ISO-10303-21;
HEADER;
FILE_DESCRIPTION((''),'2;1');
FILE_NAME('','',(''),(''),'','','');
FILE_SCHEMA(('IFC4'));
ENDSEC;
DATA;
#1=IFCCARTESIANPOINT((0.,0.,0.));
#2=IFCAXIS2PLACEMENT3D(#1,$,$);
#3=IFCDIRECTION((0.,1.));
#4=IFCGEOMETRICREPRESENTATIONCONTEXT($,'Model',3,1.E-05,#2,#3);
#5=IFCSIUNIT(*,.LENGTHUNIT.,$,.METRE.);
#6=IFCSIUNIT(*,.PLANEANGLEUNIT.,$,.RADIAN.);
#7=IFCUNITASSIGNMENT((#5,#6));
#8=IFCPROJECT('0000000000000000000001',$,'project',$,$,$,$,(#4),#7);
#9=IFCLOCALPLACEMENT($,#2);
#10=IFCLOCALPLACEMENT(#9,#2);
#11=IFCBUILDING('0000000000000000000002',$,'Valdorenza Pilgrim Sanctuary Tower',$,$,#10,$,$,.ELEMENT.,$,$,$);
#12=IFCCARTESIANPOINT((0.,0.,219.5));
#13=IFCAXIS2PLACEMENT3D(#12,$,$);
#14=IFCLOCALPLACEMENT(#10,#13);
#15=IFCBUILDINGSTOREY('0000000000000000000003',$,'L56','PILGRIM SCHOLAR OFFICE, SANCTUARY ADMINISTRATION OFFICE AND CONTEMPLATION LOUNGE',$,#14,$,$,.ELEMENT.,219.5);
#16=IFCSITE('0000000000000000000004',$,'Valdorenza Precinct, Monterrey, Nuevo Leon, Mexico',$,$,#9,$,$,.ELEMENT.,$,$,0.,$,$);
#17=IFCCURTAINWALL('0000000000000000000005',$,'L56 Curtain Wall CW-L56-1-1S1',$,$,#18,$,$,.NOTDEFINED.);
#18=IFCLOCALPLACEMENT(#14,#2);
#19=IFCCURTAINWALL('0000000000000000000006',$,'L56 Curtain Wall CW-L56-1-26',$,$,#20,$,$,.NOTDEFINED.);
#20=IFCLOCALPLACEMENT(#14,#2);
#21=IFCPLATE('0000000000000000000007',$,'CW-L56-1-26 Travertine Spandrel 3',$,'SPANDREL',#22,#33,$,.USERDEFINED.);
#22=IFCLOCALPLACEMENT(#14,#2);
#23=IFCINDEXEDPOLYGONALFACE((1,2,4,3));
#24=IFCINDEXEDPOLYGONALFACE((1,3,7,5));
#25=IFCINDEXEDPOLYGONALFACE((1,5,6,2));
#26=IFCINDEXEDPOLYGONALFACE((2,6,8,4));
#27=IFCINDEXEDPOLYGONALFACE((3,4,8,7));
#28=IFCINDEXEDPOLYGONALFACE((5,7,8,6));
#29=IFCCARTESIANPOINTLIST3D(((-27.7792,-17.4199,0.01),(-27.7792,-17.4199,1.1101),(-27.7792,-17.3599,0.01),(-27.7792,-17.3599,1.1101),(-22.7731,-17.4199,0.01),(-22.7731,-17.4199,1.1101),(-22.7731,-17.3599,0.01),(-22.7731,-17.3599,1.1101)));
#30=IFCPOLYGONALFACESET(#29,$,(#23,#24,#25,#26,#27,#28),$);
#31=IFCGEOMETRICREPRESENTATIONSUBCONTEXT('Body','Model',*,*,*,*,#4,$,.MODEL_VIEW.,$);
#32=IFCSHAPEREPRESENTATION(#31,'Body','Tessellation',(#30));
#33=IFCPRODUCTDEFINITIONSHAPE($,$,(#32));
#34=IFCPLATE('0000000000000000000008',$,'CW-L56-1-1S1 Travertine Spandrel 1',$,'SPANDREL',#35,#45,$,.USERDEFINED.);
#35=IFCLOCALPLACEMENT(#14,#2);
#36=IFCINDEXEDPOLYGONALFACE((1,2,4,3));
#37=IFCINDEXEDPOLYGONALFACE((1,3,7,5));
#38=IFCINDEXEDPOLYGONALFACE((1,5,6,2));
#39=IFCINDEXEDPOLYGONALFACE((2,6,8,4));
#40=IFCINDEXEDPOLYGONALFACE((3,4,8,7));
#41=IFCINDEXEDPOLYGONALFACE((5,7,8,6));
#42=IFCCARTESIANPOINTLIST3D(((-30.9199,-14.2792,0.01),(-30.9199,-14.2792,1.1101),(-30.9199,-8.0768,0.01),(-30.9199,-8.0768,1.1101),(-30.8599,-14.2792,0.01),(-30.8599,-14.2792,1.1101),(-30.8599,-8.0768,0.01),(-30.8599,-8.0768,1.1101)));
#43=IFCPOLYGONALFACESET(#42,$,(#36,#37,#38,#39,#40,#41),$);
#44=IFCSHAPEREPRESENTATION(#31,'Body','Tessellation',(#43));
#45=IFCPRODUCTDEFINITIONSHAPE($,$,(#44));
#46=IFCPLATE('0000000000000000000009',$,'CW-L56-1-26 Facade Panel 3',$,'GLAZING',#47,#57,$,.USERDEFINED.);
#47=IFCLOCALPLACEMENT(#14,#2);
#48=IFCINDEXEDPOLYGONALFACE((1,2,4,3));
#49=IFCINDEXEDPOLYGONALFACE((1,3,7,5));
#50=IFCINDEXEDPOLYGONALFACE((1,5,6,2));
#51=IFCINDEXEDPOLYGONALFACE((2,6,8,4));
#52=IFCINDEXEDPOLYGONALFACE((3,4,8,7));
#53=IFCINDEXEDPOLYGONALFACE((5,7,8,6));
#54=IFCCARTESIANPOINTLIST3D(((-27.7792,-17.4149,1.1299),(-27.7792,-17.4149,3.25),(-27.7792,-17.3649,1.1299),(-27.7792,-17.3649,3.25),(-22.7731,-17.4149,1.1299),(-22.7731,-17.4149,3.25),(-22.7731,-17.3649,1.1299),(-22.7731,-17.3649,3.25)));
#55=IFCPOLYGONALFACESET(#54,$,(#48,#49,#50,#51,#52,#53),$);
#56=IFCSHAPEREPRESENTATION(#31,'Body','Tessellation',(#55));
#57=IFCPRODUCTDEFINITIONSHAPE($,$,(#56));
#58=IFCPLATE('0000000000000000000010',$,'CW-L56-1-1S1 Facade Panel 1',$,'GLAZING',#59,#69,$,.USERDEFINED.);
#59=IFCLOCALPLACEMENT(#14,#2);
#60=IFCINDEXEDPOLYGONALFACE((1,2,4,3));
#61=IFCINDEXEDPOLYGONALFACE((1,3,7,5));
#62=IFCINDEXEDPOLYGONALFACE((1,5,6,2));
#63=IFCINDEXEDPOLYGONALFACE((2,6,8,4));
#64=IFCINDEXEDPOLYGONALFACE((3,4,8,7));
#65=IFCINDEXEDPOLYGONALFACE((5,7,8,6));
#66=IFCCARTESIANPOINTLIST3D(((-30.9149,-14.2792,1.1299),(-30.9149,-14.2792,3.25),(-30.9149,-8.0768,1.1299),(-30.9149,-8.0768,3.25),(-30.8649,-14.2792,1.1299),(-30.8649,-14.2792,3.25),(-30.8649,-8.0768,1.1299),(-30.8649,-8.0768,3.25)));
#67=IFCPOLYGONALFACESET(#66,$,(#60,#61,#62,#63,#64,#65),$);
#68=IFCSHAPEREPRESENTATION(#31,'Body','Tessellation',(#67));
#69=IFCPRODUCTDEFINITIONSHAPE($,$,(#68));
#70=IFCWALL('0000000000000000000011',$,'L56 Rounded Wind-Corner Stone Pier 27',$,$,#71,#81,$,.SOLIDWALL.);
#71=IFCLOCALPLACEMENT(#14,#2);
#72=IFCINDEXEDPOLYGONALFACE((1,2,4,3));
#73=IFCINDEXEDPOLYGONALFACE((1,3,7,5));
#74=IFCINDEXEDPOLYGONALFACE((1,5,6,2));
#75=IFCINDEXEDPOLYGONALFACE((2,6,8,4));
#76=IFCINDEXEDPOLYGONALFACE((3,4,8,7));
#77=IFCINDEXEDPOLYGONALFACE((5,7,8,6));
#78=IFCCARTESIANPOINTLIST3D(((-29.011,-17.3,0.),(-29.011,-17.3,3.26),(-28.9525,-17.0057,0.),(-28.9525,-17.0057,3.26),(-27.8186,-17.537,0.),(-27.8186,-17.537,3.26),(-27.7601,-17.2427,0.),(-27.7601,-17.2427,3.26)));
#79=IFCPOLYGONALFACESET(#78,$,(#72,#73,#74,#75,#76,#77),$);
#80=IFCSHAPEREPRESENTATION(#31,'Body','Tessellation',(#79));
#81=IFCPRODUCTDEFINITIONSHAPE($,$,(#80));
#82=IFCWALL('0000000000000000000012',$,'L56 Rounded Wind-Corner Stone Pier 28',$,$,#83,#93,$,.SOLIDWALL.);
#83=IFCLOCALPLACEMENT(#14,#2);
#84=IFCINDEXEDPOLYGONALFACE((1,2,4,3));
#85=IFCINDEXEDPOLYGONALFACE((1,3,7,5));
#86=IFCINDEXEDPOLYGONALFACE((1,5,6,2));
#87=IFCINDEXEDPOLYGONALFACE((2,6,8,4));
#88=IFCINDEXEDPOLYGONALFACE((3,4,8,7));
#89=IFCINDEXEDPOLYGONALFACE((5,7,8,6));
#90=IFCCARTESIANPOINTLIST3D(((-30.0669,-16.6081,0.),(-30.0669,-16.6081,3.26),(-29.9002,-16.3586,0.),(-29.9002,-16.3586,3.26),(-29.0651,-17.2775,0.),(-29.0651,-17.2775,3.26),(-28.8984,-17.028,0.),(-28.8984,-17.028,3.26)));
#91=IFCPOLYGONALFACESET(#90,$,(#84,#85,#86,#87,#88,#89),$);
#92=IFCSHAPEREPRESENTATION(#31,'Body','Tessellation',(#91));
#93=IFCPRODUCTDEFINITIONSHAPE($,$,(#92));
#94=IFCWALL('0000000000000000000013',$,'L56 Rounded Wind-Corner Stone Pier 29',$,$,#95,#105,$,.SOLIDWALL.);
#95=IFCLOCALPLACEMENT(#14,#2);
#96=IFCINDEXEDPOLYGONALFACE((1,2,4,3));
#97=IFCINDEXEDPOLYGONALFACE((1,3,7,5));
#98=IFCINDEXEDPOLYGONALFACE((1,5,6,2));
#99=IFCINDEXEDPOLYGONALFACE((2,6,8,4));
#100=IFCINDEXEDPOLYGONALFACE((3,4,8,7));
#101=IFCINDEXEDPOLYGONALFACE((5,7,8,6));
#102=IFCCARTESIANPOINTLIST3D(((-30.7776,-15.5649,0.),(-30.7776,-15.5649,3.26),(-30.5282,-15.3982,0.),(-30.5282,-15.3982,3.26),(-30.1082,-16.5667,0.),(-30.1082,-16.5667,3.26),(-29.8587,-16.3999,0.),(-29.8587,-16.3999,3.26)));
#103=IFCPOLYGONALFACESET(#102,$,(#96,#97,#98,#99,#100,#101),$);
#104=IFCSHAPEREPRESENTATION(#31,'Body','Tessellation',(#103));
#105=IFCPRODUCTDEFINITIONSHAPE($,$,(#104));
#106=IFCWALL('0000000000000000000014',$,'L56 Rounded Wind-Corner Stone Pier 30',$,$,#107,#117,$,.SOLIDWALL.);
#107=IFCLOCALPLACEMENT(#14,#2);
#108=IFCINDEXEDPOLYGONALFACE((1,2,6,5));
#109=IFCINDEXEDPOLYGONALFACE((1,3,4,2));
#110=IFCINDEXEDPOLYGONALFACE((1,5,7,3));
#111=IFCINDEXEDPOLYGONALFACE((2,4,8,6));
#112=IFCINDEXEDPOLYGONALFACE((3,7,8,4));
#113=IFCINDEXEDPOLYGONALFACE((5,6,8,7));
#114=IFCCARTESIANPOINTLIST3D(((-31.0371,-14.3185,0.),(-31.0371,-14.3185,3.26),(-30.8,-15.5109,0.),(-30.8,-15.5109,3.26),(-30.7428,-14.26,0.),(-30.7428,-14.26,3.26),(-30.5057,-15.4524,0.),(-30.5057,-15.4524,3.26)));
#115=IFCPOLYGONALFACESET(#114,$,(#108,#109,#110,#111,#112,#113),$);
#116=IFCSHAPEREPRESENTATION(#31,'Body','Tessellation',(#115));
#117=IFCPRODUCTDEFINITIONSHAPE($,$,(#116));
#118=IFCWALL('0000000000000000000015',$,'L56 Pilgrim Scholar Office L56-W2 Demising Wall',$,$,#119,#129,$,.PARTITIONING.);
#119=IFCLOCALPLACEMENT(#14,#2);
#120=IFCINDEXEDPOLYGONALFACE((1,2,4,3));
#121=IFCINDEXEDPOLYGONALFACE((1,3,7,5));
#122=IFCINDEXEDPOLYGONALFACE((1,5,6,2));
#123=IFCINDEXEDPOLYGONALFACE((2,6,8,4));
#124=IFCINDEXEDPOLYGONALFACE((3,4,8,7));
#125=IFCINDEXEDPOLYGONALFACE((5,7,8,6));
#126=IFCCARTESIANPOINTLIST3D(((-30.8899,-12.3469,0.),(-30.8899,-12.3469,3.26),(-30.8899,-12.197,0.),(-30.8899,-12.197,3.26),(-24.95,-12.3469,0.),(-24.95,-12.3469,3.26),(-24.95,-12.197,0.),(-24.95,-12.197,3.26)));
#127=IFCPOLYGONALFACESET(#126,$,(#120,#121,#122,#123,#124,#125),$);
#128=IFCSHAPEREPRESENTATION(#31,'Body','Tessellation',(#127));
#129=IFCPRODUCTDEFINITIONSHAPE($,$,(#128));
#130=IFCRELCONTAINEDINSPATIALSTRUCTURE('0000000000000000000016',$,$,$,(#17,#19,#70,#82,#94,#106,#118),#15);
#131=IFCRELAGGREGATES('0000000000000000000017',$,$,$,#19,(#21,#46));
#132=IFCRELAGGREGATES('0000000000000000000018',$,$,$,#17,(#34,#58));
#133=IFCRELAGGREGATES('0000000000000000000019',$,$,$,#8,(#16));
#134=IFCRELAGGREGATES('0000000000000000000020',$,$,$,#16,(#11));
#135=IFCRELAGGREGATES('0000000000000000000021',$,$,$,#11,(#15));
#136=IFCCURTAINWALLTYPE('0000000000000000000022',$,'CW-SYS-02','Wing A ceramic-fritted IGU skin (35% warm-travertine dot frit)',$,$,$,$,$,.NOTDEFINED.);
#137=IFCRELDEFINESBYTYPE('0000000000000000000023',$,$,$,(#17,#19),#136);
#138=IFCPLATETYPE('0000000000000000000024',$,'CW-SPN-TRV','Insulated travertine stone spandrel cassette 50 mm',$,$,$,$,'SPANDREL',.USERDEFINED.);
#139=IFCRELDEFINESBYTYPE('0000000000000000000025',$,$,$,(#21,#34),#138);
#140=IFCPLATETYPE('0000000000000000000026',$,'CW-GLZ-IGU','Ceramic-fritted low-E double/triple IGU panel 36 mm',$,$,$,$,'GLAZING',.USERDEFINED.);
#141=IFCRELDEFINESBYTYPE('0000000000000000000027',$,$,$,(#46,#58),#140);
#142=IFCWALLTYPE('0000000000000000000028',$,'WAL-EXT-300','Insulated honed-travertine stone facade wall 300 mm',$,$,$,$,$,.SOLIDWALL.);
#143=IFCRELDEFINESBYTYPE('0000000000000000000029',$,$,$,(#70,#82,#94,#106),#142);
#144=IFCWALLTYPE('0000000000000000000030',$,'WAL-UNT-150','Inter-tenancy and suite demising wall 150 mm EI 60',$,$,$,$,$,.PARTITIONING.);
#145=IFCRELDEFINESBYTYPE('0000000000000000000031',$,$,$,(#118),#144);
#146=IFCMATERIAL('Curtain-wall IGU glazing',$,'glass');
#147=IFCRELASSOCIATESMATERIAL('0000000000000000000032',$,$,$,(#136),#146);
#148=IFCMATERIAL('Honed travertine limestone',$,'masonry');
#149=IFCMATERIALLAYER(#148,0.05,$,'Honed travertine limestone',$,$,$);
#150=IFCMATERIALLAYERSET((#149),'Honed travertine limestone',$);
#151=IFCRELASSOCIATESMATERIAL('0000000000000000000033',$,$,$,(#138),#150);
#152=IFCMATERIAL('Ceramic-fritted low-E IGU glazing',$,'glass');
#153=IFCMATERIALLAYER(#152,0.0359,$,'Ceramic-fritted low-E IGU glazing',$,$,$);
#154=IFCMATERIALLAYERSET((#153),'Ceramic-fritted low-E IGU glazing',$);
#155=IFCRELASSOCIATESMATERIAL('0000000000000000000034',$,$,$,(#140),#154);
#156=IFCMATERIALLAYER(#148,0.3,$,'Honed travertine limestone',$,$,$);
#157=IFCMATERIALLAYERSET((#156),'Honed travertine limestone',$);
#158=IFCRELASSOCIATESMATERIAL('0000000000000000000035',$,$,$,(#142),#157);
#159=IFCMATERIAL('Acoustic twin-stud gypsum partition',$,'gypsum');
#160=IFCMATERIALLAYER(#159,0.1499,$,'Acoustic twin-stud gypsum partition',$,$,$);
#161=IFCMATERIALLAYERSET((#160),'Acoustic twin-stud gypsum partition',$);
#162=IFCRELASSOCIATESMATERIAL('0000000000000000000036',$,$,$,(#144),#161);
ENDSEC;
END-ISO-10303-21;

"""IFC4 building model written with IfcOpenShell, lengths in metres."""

from ifc_helpers import new_model, si_unit, direction, frame, frame_2d, origin, origin_2d, place, context, subcontext, project, spatial, rectangle, extrude, source, transform, mapped, material, layer, layer_set, type_object, element, aggregate, save


model = new_model("IFC4")

# Units and contexts
model_context = context("Model", 3, precision=1e-05, world=origin(), true_north=direction((0.0, 1.0)))
body_context = subcontext(model_context, "Body", "Model", "MODEL_VIEW")
ifc_project = project(units=[si_unit("LENGTHUNIT", "METRE"), si_unit("PLANEANGLEUNIT", "RADIAN")], contexts=[model_context])

# Site, building, storey
site_placement = place(None, origin())
site = spatial("IfcSite", under=ifc_project, at=site_placement, Name="Valdorenza Precinct, Monterrey, Nuevo Leon, Mexico", CompositionType="ELEMENT", RefElevation=0.0)
building_placement = place(site_placement, origin())
building = spatial("IfcBuilding", under=site, at=building_placement, Name="Valdorenza Pilgrim Sanctuary Tower", CompositionType="ELEMENT")
storey_placement = place(building_placement, frame((0.0, 0.0, 219.5)))
storey = spatial("IfcBuildingStorey", under=building, at=storey_placement, Name="L56", Description="PILGRIM SCHOLAR OFFICE, SANCTUARY ADMINISTRATION OFFICE AND CONTEMPLATION LOUNGE", CompositionType="ELEMENT", Elevation=219.5)

# Curtain wall
ifc_material_1 = material(Name="Curtain-wall IGU glazing", Category="glass")
curtain_wall_type = type_object("IfcCurtainWallType", Name="CW-SYS-02", Description="Wing A ceramic-fritted IGU skin (35% warm-travertine dot frit)", PredefinedType="NOTDEFINED", material=ifc_material_1)
curtain_wall_1_placement = place(storey_placement, origin())
curtain_wall_1 = element("IfcCurtainWall", 1, at=curtain_wall_1_placement, inside=storey, type_object=curtain_wall_type, Name="L56 Curtain Wall CW-L56-1-1S1", PredefinedType="NOTDEFINED")

# Curtain wall, plate
curtain_wall_2_placement = place(storey_placement, origin())
curtain_wall_2 = element("IfcCurtainWall", 2, at=curtain_wall_2_placement, inside=storey, type_object=curtain_wall_type, Name="L56 Curtain Wall CW-L56-1-26", PredefinedType="NOTDEFINED")
ifc_material_2 = material(Name="Honed travertine limestone", Category="masonry")
ifc_layer_1 = layer(ifc_material_2, 0.05, Name="Honed travertine limestone")
ifc_layer_set_1 = layer_set([ifc_layer_1], Name="Honed travertine limestone")
plate_type_1 = type_object("IfcPlateType", Name="CW-SPN-TRV", Description="Insulated travertine stone spandrel cassette 50 mm", ElementType="SPANDREL", PredefinedType="USERDEFINED", material=ifc_layer_set_1)
shared_shape_1 = source(origin(), body_context, "Body", "SweptSolid", [
    extrude(rectangle(XDim=5.0061, YDim=0.0601, at=origin_2d()), origin(), (0.0, 0.0, 1.0), 1.1001),
])
plate_1_placement = place(storey_placement, frame((-25.2761, -17.3899, 0.01), z_axis=(0.0, 0.0, 1.0), x_axis=(-1.0, 0.0, 0.0)))
plate_1 = element("IfcPlate", 3, at=plate_1_placement, type_object=plate_type_1, Name="CW-L56-1-26 Travertine Spandrel 3", ObjectType="SPANDREL", PredefinedType="USERDEFINED", context=body_context, shape_type="MappedRepresentation", body=[
    mapped(shared_shape_1, transform((0.0, 0.0, 0.0), x_axis=(1.0, 0.0, 0.0), y_axis=(0.0, 1.0, 0.0), z_axis=(0.0, 0.0, 1.0), scale=1.0)),
])

# Plates
shared_shape_2 = source(origin(), body_context, "Body", "SweptSolid", [
    extrude(rectangle(XDim=6.2024, YDim=0.0601, at=origin_2d()), origin(), (0.0, 0.0, 1.0), 1.1001),
])
plate_2_placement = place(storey_placement, frame((-30.8899, -11.178, 0.01), z_axis=(0.0, 0.0, 1.0), x_axis=(0.0, 1.0, 0.0)))
plate_2 = element("IfcPlate", 4, at=plate_2_placement, type_object=plate_type_1, Name="CW-L56-1-1S1 Travertine Spandrel 1", ObjectType="SPANDREL", PredefinedType="USERDEFINED", context=body_context, shape_type="MappedRepresentation", body=[
    mapped(shared_shape_2, transform((0.0, 0.0, 0.0), x_axis=(1.0, 0.0, 0.0), y_axis=(0.0, 1.0, 0.0), z_axis=(0.0, 0.0, 1.0), scale=1.0)),
])
ifc_material_3 = material(Name="Ceramic-fritted low-E IGU glazing", Category="glass")
ifc_layer_2 = layer(ifc_material_3, 0.0359, Name="Ceramic-fritted low-E IGU glazing")
ifc_layer_set_2 = layer_set([ifc_layer_2], Name="Ceramic-fritted low-E IGU glazing")
plate_type_2 = type_object("IfcPlateType", Name="CW-GLZ-IGU", Description="Ceramic-fritted low-E double/triple IGU panel 36 mm", ElementType="GLAZING", PredefinedType="USERDEFINED", material=ifc_layer_set_2)
shared_shape_3 = source(origin(), body_context, "Body", "SweptSolid", [
    extrude(rectangle(XDim=5.0061, YDim=0.05, at=origin_2d()), origin(), (0.0, 0.0, 1.0), 2.1201),
])
plate_3_placement = place(storey_placement, frame((-25.2761, -17.3899, 1.1299), z_axis=(0.0, 0.0, 1.0), x_axis=(-1.0, 0.0, 0.0)))
plate_3 = element("IfcPlate", 5, at=plate_3_placement, type_object=plate_type_2, Name="CW-L56-1-26 Facade Panel 3", ObjectType="GLAZING", PredefinedType="USERDEFINED", context=body_context, shape_type="MappedRepresentation", body=[
    mapped(shared_shape_3, transform((0.0, 0.0, 0.0), x_axis=(1.0, 0.0, 0.0), y_axis=(0.0, 1.0, 0.0), z_axis=(0.0, 0.0, 1.0), scale=1.0)),
])
aggregate(curtain_wall_2, [plate_1, plate_3])
shared_shape_4 = source(origin(), body_context, "Body", "SweptSolid", [
    extrude(rectangle(XDim=6.2024, YDim=0.05, at=origin_2d()), origin(), (0.0, 0.0, 1.0), 2.1201),
])
plate_4_placement = place(storey_placement, frame((-30.8899, -11.178, 1.1299), z_axis=(0.0, 0.0, 1.0), x_axis=(0.0, 1.0, 0.0)))
plate_4 = element("IfcPlate", 6, at=plate_4_placement, type_object=plate_type_2, Name="CW-L56-1-1S1 Facade Panel 1", ObjectType="GLAZING", PredefinedType="USERDEFINED", context=body_context, shape_type="MappedRepresentation", body=[
    mapped(shared_shape_4, transform((0.0, 0.0, 0.0), x_axis=(1.0, 0.0, 0.0), y_axis=(0.0, 1.0, 0.0), z_axis=(0.0, 0.0, 1.0), scale=1.0)),
])
aggregate(curtain_wall_1, [plate_2, plate_4])

# Walls
ifc_layer_3 = layer(ifc_material_2, 0.3, Name="Honed travertine limestone")
ifc_layer_set_3 = layer_set([ifc_layer_3], Name="Honed travertine limestone")
wall_type_1 = type_object("IfcWallType", Name="WAL-EXT-300", Description="Insulated honed-travertine stone facade wall 300 mm", PredefinedType="SOLIDWALL", material=ifc_layer_set_3)
wall_1_placement = place(storey_placement, frame((-27.7893, -17.3899, 0.0), z_axis=(0.0, 0.0, 1.0), x_axis=(-0.980804, 0.194996, 0.0)))
element("IfcWall", 7, at=wall_1_placement, inside=storey, type_object=wall_type_1, Name="L56 Rounded Wind-Corner Stone Pier 27", PredefinedType="SOLIDWALL", context=body_context, shape_type="SweptSolid", body=[
    extrude(rectangle(XDim=1.2158, YDim=0.3, at=frame_2d((0.6079, 0.0))), origin(), (0.0, 0.0, 1.0), 3.26),
])
for number, where, z_axis, x_axis, name in (
    (8, (-28.9817, -17.1528, 0.0), (0.0, 0.0, 1.0), (-0.831426, 0.555635, 0.0), "L56 Rounded Wind-Corner Stone Pier 28"),
    (9, (-29.9834, -16.4834, 0.0), (0.0, 0.0, 1.0), (-0.555635, 0.831426, 0.0), "L56 Rounded Wind-Corner Stone Pier 29"),
):
    element("IfcWall", number, at=place(storey_placement, frame(where, z_axis=z_axis, x_axis=x_axis)), inside=storey, type_object=wall_type_1, Name=name, PredefinedType="SOLIDWALL", context=body_context, shape_type="SweptSolid", body=[
        extrude(rectangle(XDim=1.2048, YDim=0.3, at=frame_2d((0.6025, 0.0))), origin(), (0.0, 0.0, 1.0), 3.26),
    ])
wall_2_placement = place(storey_placement, frame((-30.6528, -15.4817, 0.0), z_axis=(0.0, 0.0, 1.0), x_axis=(-0.194996, 0.980804, 0.0)))
element("IfcWall", 10, at=wall_2_placement, inside=storey, type_object=wall_type_1, Name="L56 Rounded Wind-Corner Stone Pier 30", PredefinedType="SOLIDWALL", context=body_context, shape_type="SweptSolid", body=[
    extrude(rectangle(XDim=1.2158, YDim=0.3, at=frame_2d((0.6079, 0.0))), origin(), (0.0, 0.0, 1.0), 3.26),
])
ifc_material_4 = material(Name="Acoustic twin-stud gypsum partition", Category="gypsum")
ifc_layer_4 = layer(ifc_material_4, 0.1499, Name="Acoustic twin-stud gypsum partition")
ifc_layer_set_4 = layer_set([ifc_layer_4], Name="Acoustic twin-stud gypsum partition")
wall_type_2 = type_object("IfcWallType", Name="WAL-UNT-150", Description="Inter-tenancy and suite demising wall 150 mm EI 60", PredefinedType="PARTITIONING", material=ifc_layer_set_4)
wall_3_placement = place(storey_placement, frame((-30.8899, -12.272, 0.0), z_axis=(0.0, 0.0, 1.0), x_axis=(1.0, 0.0, 0.0)))
element("IfcWall", 11, at=wall_3_placement, inside=storey, type_object=wall_type_2, Name="L56 Pilgrim Scholar Office L56-W2 Demising Wall", PredefinedType="PARTITIONING", context=body_context, shape_type="SweptSolid", body=[
    extrude(rectangle(XDim=5.9399, YDim=0.1499, at=frame_2d((2.97, 0.0))), origin(), (0.0, 0.0, 1.0), 3.26),
])

save(model, "model.ifc")
